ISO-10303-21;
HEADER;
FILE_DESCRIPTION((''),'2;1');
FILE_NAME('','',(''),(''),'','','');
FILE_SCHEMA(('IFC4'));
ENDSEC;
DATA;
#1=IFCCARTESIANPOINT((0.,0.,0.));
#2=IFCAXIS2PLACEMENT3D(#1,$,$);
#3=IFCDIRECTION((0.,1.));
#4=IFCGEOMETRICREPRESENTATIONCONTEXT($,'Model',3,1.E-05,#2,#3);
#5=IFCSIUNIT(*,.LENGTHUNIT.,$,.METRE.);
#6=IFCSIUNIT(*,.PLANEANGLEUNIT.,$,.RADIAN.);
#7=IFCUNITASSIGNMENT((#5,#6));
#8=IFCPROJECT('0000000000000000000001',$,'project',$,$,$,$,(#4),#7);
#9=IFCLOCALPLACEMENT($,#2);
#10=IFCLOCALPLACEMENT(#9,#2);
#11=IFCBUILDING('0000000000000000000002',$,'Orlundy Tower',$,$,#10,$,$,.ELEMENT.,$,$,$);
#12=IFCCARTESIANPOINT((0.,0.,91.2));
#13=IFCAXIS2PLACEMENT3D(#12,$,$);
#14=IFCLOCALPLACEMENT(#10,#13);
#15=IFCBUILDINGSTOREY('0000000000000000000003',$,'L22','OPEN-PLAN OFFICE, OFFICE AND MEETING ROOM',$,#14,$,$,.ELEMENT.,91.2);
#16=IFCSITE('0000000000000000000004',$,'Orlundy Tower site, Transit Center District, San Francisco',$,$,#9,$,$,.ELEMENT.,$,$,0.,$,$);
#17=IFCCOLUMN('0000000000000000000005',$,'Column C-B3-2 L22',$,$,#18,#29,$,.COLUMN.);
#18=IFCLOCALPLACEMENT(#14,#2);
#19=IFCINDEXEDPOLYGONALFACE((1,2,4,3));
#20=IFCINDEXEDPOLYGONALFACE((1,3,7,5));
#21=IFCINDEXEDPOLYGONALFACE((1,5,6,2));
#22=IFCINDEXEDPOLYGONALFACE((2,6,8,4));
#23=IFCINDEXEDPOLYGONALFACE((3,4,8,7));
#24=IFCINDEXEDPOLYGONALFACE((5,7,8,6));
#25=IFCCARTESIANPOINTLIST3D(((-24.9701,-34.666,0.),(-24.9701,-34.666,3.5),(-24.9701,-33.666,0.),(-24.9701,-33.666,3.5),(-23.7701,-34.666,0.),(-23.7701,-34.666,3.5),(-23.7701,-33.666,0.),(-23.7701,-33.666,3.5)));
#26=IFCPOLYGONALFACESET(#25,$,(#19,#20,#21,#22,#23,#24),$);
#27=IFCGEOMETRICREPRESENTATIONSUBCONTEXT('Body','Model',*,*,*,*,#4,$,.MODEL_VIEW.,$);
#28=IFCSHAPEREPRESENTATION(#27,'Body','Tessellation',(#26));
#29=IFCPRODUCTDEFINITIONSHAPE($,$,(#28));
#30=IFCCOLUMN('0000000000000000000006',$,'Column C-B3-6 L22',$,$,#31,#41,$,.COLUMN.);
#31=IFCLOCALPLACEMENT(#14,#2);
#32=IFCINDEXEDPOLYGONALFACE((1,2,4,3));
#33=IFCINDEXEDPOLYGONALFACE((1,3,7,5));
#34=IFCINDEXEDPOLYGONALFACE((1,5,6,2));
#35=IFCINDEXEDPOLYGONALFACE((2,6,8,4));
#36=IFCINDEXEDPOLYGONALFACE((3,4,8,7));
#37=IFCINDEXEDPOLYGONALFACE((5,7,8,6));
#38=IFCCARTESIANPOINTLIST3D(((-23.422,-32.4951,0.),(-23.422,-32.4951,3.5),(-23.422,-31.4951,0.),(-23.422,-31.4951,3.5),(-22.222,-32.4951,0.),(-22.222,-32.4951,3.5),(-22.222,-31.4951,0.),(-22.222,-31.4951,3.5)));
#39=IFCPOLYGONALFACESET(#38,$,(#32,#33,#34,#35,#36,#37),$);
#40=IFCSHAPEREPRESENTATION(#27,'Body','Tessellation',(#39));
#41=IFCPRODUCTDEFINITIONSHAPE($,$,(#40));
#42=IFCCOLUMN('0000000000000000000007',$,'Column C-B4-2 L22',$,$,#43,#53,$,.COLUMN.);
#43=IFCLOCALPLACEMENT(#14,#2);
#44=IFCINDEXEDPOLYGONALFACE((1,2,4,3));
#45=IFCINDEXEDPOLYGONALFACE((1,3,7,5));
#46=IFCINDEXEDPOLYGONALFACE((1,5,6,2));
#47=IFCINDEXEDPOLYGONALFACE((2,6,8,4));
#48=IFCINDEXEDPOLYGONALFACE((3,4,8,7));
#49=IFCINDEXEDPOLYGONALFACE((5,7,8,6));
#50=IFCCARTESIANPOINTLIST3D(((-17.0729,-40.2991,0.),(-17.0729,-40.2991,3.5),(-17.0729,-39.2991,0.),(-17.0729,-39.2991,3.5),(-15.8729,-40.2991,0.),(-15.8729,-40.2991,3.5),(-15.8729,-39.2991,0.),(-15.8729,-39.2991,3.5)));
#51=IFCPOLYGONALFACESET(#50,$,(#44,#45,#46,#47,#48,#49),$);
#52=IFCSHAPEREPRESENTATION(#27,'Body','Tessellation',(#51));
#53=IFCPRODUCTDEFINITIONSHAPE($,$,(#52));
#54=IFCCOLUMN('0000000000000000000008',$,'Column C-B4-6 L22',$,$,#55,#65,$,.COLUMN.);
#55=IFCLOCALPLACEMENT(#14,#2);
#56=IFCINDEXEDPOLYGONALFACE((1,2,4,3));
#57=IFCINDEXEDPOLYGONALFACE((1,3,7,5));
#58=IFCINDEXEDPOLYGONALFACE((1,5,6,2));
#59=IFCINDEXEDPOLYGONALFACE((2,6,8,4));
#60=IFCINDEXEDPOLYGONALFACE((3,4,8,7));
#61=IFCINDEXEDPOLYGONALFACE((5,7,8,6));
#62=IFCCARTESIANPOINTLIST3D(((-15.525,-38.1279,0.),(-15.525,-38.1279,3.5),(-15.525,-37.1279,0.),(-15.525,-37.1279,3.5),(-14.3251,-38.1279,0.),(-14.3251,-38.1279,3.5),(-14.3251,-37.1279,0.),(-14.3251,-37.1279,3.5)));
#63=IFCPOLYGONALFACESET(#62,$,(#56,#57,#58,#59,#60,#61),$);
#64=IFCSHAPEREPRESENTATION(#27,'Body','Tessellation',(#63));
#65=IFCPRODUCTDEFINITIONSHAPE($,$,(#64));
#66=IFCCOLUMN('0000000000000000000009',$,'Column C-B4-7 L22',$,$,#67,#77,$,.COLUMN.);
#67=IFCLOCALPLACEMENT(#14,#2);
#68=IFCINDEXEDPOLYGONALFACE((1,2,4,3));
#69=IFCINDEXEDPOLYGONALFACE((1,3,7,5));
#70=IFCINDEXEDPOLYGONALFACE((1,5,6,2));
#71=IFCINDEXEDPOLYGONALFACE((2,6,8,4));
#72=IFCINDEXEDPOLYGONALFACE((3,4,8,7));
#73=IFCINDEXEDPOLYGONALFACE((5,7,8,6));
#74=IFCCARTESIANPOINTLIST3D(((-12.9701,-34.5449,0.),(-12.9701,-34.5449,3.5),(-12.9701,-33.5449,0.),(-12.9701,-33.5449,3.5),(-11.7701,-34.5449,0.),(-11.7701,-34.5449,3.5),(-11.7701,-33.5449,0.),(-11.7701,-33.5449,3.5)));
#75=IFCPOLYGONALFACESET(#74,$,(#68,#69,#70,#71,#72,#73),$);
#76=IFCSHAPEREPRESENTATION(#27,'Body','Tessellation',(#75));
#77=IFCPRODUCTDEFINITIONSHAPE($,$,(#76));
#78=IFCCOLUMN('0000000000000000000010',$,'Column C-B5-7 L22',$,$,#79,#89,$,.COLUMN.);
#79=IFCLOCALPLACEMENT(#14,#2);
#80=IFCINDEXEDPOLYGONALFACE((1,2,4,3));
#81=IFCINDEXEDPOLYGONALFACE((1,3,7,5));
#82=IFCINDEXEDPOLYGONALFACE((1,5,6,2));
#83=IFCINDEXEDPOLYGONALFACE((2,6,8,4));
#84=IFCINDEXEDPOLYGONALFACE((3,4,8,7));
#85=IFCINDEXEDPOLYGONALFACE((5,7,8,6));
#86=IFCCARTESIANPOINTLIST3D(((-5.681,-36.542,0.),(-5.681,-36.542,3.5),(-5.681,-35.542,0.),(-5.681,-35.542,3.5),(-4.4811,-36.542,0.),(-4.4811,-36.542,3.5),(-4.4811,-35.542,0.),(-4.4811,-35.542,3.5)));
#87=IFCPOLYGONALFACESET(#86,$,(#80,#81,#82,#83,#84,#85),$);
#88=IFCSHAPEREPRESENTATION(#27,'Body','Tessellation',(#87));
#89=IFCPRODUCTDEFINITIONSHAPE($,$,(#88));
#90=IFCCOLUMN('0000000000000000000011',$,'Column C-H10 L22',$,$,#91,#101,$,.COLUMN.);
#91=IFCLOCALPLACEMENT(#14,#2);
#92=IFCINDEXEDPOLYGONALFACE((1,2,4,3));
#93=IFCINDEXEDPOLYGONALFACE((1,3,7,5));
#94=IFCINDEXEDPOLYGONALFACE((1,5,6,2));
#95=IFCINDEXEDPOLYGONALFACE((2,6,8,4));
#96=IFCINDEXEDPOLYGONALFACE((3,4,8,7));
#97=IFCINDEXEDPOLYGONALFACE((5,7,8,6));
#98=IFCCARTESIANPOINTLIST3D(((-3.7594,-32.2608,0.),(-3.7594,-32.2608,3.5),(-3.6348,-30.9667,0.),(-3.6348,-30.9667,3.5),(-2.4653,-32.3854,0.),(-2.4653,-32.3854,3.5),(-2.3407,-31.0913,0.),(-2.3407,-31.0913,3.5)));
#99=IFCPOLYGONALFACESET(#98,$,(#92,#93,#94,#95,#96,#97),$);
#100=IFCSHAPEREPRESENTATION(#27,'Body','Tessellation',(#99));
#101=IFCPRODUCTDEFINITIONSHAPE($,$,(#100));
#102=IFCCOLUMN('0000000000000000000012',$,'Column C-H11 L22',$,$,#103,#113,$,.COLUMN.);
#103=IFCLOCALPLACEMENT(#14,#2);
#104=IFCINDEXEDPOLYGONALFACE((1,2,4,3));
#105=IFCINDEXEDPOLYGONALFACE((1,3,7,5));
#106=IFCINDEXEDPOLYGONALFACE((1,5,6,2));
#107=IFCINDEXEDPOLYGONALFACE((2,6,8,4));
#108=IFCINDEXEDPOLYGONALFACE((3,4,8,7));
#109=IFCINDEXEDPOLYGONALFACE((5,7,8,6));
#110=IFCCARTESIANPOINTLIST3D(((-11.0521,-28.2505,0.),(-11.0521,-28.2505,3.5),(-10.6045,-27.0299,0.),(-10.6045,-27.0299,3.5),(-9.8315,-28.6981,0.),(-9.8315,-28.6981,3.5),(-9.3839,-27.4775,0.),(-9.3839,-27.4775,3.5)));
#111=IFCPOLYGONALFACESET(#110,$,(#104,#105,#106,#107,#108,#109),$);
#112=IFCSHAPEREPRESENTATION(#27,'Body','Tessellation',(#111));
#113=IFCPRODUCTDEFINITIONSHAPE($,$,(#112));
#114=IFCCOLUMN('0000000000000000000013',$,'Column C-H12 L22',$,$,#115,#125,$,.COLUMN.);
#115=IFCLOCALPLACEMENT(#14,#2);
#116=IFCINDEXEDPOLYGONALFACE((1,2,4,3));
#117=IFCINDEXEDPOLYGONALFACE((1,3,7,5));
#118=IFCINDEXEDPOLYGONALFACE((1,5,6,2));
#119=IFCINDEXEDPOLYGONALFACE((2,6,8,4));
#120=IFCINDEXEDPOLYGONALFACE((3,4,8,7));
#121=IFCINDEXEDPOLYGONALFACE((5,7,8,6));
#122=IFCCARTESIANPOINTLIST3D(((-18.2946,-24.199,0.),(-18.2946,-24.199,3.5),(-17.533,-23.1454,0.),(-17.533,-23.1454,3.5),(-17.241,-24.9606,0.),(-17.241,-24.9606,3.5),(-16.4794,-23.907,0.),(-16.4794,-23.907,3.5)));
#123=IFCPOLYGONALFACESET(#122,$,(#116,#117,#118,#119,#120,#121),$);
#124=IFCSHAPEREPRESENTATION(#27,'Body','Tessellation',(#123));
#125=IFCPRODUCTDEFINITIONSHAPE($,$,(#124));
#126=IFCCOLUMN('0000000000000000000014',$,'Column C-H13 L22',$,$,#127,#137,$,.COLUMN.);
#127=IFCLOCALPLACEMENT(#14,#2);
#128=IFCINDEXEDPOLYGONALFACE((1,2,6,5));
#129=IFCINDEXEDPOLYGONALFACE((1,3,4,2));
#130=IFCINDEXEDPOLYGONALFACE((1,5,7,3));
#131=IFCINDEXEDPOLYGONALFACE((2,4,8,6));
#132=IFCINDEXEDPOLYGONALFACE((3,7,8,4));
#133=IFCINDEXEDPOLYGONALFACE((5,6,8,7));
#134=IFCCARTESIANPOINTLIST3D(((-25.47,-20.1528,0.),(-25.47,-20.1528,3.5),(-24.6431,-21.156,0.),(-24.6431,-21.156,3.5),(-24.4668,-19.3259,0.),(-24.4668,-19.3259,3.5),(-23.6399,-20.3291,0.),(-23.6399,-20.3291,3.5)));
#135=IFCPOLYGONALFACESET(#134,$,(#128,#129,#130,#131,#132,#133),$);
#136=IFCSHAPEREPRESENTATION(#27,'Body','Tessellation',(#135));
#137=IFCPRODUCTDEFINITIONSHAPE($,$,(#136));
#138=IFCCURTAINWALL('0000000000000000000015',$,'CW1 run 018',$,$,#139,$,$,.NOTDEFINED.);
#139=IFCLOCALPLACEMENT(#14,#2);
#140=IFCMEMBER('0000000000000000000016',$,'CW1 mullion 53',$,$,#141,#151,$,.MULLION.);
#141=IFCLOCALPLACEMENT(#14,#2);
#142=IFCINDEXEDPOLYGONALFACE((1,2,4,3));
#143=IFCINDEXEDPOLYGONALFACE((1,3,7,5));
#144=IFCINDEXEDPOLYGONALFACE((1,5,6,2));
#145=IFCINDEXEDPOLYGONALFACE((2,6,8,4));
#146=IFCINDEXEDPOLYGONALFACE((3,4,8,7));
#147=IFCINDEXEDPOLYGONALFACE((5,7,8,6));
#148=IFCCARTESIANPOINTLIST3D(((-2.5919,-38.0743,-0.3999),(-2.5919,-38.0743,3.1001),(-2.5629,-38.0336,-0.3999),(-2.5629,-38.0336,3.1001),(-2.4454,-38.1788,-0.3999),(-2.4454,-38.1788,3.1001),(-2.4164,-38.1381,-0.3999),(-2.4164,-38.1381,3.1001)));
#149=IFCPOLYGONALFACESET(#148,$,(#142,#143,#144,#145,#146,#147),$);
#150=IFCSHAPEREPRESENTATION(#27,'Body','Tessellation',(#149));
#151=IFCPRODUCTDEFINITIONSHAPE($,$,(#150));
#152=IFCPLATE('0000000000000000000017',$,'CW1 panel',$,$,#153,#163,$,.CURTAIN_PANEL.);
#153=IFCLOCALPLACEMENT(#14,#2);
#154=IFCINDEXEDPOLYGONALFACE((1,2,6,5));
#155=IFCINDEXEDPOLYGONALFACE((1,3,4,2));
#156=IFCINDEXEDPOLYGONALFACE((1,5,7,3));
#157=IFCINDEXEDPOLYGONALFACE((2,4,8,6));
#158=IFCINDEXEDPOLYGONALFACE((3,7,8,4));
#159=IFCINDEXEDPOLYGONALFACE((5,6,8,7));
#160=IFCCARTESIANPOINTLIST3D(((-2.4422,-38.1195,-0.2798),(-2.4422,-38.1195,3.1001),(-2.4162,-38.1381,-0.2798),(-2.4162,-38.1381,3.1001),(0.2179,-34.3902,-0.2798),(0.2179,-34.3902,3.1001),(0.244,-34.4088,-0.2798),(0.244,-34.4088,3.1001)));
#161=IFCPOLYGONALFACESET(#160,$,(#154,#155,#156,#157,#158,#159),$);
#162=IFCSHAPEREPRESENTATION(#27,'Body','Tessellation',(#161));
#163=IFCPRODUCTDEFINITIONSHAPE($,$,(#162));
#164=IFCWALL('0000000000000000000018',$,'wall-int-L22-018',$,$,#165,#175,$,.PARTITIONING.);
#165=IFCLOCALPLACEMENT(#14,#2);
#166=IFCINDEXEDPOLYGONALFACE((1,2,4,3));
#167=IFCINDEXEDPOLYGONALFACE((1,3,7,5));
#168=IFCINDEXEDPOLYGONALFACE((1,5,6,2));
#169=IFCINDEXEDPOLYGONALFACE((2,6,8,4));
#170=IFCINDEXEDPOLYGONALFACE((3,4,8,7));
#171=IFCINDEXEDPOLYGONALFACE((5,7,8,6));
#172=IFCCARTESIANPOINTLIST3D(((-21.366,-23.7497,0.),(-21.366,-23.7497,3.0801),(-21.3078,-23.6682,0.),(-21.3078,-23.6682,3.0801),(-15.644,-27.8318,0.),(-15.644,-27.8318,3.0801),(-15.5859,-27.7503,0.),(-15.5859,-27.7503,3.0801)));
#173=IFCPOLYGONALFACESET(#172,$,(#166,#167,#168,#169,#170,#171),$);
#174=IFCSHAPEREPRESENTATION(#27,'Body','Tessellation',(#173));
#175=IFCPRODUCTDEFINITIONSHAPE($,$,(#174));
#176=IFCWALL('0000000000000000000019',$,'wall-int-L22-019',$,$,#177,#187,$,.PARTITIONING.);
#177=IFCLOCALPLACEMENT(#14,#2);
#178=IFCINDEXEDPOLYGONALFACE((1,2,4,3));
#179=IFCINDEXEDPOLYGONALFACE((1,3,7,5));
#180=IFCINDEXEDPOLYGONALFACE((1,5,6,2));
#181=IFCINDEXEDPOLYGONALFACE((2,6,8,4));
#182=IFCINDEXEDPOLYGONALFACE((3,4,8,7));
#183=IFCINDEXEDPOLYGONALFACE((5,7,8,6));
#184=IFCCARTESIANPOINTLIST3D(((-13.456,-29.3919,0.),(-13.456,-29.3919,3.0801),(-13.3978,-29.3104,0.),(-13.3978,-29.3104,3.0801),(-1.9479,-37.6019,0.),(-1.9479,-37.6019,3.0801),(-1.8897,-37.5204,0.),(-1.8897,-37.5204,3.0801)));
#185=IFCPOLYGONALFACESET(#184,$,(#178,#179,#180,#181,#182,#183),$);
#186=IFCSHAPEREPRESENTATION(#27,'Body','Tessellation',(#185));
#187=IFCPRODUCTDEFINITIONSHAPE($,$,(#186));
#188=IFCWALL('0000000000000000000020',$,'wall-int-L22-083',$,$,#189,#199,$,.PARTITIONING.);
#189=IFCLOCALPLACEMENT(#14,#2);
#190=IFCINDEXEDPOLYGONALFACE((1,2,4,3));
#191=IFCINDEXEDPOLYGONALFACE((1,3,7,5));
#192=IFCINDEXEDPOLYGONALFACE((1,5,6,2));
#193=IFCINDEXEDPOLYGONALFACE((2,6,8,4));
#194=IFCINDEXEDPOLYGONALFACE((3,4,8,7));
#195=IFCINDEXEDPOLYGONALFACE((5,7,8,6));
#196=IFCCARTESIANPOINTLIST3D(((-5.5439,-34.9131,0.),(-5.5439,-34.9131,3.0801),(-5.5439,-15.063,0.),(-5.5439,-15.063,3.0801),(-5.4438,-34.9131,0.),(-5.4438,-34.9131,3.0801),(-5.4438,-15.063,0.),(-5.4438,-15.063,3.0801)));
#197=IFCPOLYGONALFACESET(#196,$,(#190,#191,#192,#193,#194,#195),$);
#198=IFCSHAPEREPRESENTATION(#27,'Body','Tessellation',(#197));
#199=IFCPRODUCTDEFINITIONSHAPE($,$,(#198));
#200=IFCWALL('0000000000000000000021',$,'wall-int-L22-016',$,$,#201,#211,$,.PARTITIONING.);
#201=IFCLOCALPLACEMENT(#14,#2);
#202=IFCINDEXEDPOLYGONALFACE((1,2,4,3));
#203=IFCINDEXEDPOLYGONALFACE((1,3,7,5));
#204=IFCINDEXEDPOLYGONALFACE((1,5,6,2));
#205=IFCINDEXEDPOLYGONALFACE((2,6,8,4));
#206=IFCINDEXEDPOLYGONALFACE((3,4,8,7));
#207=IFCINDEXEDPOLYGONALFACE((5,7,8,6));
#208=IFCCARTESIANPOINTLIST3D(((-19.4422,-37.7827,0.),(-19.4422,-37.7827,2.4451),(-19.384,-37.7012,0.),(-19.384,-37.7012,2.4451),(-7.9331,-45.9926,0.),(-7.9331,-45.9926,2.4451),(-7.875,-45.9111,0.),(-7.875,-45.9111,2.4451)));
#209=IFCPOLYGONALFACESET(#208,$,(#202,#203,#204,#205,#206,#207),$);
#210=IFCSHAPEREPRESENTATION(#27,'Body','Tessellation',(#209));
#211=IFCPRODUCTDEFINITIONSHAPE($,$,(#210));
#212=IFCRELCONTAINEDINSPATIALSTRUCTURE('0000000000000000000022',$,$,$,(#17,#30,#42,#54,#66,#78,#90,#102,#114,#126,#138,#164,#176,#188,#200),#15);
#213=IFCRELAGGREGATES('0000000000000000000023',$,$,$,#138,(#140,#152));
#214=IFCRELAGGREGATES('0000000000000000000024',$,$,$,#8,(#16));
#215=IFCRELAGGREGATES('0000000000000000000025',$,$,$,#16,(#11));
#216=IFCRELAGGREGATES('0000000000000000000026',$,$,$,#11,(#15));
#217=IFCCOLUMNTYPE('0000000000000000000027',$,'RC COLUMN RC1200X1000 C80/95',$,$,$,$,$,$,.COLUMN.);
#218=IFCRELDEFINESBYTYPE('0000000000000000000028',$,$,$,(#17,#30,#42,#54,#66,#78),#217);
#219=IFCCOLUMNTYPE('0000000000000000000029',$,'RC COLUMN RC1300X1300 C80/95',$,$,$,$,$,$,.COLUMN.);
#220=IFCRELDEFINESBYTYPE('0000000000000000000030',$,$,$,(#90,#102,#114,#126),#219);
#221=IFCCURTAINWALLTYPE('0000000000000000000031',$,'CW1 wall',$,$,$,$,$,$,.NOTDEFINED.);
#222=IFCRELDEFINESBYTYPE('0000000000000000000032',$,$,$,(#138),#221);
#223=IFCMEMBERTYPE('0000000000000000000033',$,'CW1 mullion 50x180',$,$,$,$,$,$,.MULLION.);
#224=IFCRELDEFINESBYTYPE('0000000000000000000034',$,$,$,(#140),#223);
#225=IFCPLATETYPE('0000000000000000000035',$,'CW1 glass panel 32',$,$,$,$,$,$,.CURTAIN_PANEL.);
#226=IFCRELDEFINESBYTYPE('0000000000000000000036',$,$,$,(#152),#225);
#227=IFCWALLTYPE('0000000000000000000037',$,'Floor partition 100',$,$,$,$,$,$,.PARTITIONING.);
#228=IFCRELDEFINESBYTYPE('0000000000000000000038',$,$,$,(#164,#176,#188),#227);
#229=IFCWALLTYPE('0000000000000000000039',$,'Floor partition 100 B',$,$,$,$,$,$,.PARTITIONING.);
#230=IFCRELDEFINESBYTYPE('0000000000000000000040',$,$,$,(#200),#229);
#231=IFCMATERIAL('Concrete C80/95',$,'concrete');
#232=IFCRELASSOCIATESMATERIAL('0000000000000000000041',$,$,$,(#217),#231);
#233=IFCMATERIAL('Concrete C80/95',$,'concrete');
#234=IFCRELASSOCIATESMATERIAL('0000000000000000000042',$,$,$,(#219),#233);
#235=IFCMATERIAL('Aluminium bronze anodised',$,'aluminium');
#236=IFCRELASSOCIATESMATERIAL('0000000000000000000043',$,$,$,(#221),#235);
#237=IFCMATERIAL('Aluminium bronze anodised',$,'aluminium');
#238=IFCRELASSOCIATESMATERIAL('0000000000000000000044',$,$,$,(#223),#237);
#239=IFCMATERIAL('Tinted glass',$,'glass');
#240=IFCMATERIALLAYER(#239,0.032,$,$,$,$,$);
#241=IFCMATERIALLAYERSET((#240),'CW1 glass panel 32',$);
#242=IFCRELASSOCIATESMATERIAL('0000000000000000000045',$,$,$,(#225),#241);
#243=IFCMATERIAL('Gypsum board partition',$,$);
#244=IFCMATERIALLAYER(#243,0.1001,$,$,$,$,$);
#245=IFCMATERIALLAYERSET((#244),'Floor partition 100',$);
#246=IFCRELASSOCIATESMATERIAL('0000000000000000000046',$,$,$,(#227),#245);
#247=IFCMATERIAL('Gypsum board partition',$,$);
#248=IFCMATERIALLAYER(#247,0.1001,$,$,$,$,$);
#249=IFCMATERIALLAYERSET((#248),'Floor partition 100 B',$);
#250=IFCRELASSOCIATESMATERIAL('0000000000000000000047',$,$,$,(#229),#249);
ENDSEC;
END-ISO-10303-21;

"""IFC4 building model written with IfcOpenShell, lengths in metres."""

from ifc_helpers import new_model, si_unit, direction, frame, frame_2d, origin, origin_2d, place, context, subcontext, project, spatial, rectangle, extrude, material, layer, layer_set, material_profile, profile_set, type_object, element, aggregate, save


model = new_model("IFC4")

# Units and contexts
model_context = context("Model", 3, precision=1e-05, world=origin(), true_north=direction((0.0, 1.0)))
body_context = subcontext(model_context, "Body", "Model", "MODEL_VIEW")
ifc_project = project(units=[si_unit("LENGTHUNIT", "METRE"), si_unit("PLANEANGLEUNIT", "RADIAN")], contexts=[model_context])

# Site, building, storey
site_placement = place(None, origin())
site = spatial("IfcSite", under=ifc_project, at=site_placement, Name="Orlundy Tower site, Transit Center District, San Francisco", CompositionType="ELEMENT", RefElevation=0.0)
building_placement = place(site_placement, origin())
building = spatial("IfcBuilding", under=site, at=building_placement, Name="Orlundy Tower", CompositionType="ELEMENT")
storey_placement = place(building_placement, frame((0.0, 0.0, 91.2)))
storey = spatial("IfcBuildingStorey", under=building, at=storey_placement, Name="L22", Description="OPEN-PLAN OFFICE, OFFICE AND MEETING ROOM", CompositionType="ELEMENT", Elevation=91.2)

# Columns
ifc_material_1 = material(Name="Concrete C80/95", Category="concrete")
ifc_material_profile_1 = material_profile(ifc_material_1, rectangle(XDim=1.2, YDim=1.0, at=origin_2d()), Name="RC1200X1000")
ifc_profile_set_1 = profile_set([ifc_material_profile_1], Name="Concrete C80/95")
column_type_1 = type_object("IfcColumnType", Name="RC COLUMN RC1200X1000 C80/95", PredefinedType="COLUMN", material=ifc_profile_set_1)
for number, where, z_axis, x_axis, name in (
    (1, (-24.3701, -34.166, 0.0), (0.0, 0.0, 1.0), (1.0, 0.0, 0.0), "Column C-B3-2 L22"),
    (2, (-22.822, -31.9951, 0.0), (0.0, 0.0, 1.0), (1.0, 0.0, 0.0), "Column C-B3-6 L22"),
    (3, (-16.4729, -39.7991, 0.0), (0.0, 0.0, 1.0), (1.0, 0.0, 0.0), "Column C-B4-2 L22"),
    (4, (-14.925, -37.6279, 0.0), (0.0, 0.0, 1.0), (1.0, 0.0, 0.0), "Column C-B4-6 L22"),
    (5, (-12.3701, -34.0449, 0.0), (0.0, 0.0, 1.0), (1.0, 0.0, 0.0), "Column C-B4-7 L22"),
    (6, (-5.0811, -36.042, 0.0), (0.0, 0.0, 1.0), (1.0, 0.0, 0.0), "Column C-B5-7 L22"),
):
    element("IfcColumn", number, at=place(storey_placement, frame(where, z_axis=z_axis, x_axis=x_axis)), inside=storey, type_object=column_type_1, Name=name, PredefinedType="COLUMN", context=body_context, shape_type="SweptSolid", body=[
        extrude(rectangle(XDim=1.2, YDim=1.0, at=origin_2d()), origin(), (0.0, 0.0, 1.0), 3.5),
    ])
ifc_material_2 = material(Name="Concrete C80/95", Category="concrete")
ifc_material_profile_2 = material_profile(ifc_material_2, rectangle(XDim=1.3, YDim=1.3, at=origin_2d()), Name="RC1300X1300")
ifc_profile_set_2 = profile_set([ifc_material_profile_2], Name="Concrete C80/95")
column_type_2 = type_object("IfcColumnType", Name="RC COLUMN RC1300X1300 C80/95", PredefinedType="COLUMN", material=ifc_profile_set_2)
for number, where, z_axis, x_axis, name in (
    (7, (-3.05, -31.676, 0.0), (0.0, 0.0, 1.0), (-0.095846, -0.995396, 0.0), "Column C-H10 L22"),
    (8, (-10.218, -27.864, 0.0), (0.0, 0.0, 1.0), (-0.344282, -0.938866, 0.0), "Column C-H11 L22"),
    (9, (-17.387, -24.053, 0.0), (0.0, 0.0, 1.0), (-0.585835, -0.81043, 0.0), "Column C-H12 L22"),
    (10, (-24.5549, -20.241, 0.0), (0.0, 0.0, 1.0), (-0.771636, -0.636065, 0.0), "Column C-H13 L22"),
):
    element("IfcColumn", number, at=place(storey_placement, frame(where, z_axis=z_axis, x_axis=x_axis)), inside=storey, type_object=column_type_2, Name=name, PredefinedType="COLUMN", context=body_context, shape_type="SweptSolid", body=[
        extrude(rectangle(XDim=1.3, YDim=1.3, at=origin_2d()), origin(), (0.0, 0.0, 1.0), 3.5),
    ])

# Curtain wall, member, plate
ifc_material_3 = material(Name="Aluminium bronze anodised", Category="aluminium")
curtain_wall_type = type_object("IfcCurtainWallType", Name="CW1 wall", PredefinedType="NOTDEFINED", material=ifc_material_3)
curtain_wall_placement = place(storey_placement, origin())
curtain_wall = element("IfcCurtainWall", 11, at=curtain_wall_placement, inside=storey, type_object=curtain_wall_type, Name="CW1 run 018", PredefinedType="NOTDEFINED")
ifc_material_4 = material(Name="Aluminium bronze anodised", Category="aluminium")
ifc_material_profile_3 = material_profile(ifc_material_4, rectangle(XDim=0.1799, YDim=0.05, at=origin_2d()), Name="CW1 mullion 50x180")
ifc_profile_set_3 = profile_set([ifc_material_profile_3], Name="Aluminium bronze anodised")
member_type = type_object("IfcMemberType", Name="CW1 mullion 50x180", PredefinedType="MULLION", material=ifc_profile_set_3)
member_placement = place(storey_placement, frame((-2.5042, -38.1062, -0.3999), z_axis=(0.0, 0.0, 1.0), x_axis=(0.81411, -0.58071, 0.0)))
member = element("IfcMember", 12, at=member_placement, type_object=member_type, Name="CW1 mullion 53", PredefinedType="MULLION", context=body_context, shape_type="SweptSolid", body=[
    extrude(rectangle(XDim=0.1799, YDim=0.05, at=origin_2d()), origin(), (0.0, 0.0, 1.0), 3.5),
])
ifc_material_5 = material(Name="Tinted glass", Category="glass")
ifc_layer_1 = layer(ifc_material_5, 0.032)
ifc_layer_set_1 = layer_set([ifc_layer_1], Name="CW1 glass panel 32")
plate_type = type_object("IfcPlateType", Name="CW1 glass panel 32", PredefinedType="CURTAIN_PANEL", material=ifc_layer_set_1)
plate_placement = place(storey_placement, frame((-1.0991, -36.2642, -0.2798), z_axis=(0.0, 0.0, 1.0), x_axis=(-0.58071, -0.81411, 0.0)))
plate = element("IfcPlate", 13, at=plate_placement, type_object=plate_type, Name="CW1 panel", PredefinedType="CURTAIN_PANEL", context=body_context, shape_type="SweptSolid", body=[
    extrude(rectangle(XDim=4.5808, YDim=0.032, at=origin_2d()), origin(), (0.0, 0.0, 1.0), 3.3799),
])
aggregate(curtain_wall, [member, plate])

# Walls
ifc_material_6 = material(Name="Gypsum board partition")
ifc_layer_2 = layer(ifc_material_6, 0.1001)
ifc_layer_set_2 = layer_set([ifc_layer_2], Name="Floor partition 100")
wall_type_1 = type_object("IfcWallType", Name="Floor partition 100", PredefinedType="PARTITIONING", material=ifc_layer_set_2)
wall_1_placement = place(storey_placement, frame((-21.3369, -23.709, 0.0), z_axis=(0.0, 0.0, 1.0), x_axis=(0.814074, -0.580762, 0.0)))
element("IfcWall", 14, at=wall_1_placement, inside=storey, type_object=wall_type_1, Name="wall-int-L22-018", PredefinedType="PARTITIONING", context=body_context, shape_type="SweptSolid", body=[
    extrude(rectangle(XDim=7.0288, YDim=0.1001, at=frame_2d((3.5144, 0.0))), origin(), (0.0, 0.0, 1.0), 3.0801),
])
wall_2_placement = place(storey_placement, frame((-13.427, -29.3511, 0.0), z_axis=(0.0, 0.0, 1.0), x_axis=(0.814071, -0.580766, 0.0)))
element("IfcWall", 15, at=wall_2_placement, inside=storey, type_object=wall_type_1, Name="wall-int-L22-019", PredefinedType="PARTITIONING", context=body_context, shape_type="SweptSolid", body=[
    extrude(rectangle(XDim=14.1365, YDim=0.1001, at=frame_2d((7.0684, 0.0))), origin(), (0.0, 0.0, 1.0), 3.0801),
])
wall_3_placement = place(storey_placement, frame((-5.4939, -34.9131, 0.0), z_axis=(0.0, 0.0, 1.0), x_axis=(0.0, 1.0, 0.0)))
element("IfcWall", 16, at=wall_3_placement, inside=storey, type_object=wall_type_1, Name="wall-int-L22-083", PredefinedType="PARTITIONING", context=body_context, shape_type="SweptSolid", body=[
    extrude(rectangle(XDim=19.8501, YDim=0.1001, at=frame_2d((9.925, 0.0))), origin(), (0.0, 0.0, 1.0), 3.0801),
])
ifc_material_7 = material(Name="Gypsum board partition")
ifc_layer_3 = layer(ifc_material_7, 0.1001)
ifc_layer_set_3 = layer_set([ifc_layer_3], Name="Floor partition 100 B")
wall_type_2 = type_object("IfcWallType", Name="Floor partition 100 B", PredefinedType="PARTITIONING", material=ifc_layer_set_3)
wall_4_placement = place(storey_placement, frame((-19.4131, -37.7419, 0.0), z_axis=(0.0, 0.0, 1.0), x_axis=(0.814094, -0.580733, 0.0)))
element("IfcWall", 17, at=wall_4_placement, inside=storey, type_object=wall_type_2, Name="wall-int-L22-016", PredefinedType="PARTITIONING", context=body_context, shape_type="SweptSolid", body=[
    extrude(rectangle(XDim=14.1372, YDim=0.1001, at=frame_2d((7.0686, 0.0))), origin(), (0.0, 0.0, 1.0), 2.4451),
])

save(model, "model.ifc")
